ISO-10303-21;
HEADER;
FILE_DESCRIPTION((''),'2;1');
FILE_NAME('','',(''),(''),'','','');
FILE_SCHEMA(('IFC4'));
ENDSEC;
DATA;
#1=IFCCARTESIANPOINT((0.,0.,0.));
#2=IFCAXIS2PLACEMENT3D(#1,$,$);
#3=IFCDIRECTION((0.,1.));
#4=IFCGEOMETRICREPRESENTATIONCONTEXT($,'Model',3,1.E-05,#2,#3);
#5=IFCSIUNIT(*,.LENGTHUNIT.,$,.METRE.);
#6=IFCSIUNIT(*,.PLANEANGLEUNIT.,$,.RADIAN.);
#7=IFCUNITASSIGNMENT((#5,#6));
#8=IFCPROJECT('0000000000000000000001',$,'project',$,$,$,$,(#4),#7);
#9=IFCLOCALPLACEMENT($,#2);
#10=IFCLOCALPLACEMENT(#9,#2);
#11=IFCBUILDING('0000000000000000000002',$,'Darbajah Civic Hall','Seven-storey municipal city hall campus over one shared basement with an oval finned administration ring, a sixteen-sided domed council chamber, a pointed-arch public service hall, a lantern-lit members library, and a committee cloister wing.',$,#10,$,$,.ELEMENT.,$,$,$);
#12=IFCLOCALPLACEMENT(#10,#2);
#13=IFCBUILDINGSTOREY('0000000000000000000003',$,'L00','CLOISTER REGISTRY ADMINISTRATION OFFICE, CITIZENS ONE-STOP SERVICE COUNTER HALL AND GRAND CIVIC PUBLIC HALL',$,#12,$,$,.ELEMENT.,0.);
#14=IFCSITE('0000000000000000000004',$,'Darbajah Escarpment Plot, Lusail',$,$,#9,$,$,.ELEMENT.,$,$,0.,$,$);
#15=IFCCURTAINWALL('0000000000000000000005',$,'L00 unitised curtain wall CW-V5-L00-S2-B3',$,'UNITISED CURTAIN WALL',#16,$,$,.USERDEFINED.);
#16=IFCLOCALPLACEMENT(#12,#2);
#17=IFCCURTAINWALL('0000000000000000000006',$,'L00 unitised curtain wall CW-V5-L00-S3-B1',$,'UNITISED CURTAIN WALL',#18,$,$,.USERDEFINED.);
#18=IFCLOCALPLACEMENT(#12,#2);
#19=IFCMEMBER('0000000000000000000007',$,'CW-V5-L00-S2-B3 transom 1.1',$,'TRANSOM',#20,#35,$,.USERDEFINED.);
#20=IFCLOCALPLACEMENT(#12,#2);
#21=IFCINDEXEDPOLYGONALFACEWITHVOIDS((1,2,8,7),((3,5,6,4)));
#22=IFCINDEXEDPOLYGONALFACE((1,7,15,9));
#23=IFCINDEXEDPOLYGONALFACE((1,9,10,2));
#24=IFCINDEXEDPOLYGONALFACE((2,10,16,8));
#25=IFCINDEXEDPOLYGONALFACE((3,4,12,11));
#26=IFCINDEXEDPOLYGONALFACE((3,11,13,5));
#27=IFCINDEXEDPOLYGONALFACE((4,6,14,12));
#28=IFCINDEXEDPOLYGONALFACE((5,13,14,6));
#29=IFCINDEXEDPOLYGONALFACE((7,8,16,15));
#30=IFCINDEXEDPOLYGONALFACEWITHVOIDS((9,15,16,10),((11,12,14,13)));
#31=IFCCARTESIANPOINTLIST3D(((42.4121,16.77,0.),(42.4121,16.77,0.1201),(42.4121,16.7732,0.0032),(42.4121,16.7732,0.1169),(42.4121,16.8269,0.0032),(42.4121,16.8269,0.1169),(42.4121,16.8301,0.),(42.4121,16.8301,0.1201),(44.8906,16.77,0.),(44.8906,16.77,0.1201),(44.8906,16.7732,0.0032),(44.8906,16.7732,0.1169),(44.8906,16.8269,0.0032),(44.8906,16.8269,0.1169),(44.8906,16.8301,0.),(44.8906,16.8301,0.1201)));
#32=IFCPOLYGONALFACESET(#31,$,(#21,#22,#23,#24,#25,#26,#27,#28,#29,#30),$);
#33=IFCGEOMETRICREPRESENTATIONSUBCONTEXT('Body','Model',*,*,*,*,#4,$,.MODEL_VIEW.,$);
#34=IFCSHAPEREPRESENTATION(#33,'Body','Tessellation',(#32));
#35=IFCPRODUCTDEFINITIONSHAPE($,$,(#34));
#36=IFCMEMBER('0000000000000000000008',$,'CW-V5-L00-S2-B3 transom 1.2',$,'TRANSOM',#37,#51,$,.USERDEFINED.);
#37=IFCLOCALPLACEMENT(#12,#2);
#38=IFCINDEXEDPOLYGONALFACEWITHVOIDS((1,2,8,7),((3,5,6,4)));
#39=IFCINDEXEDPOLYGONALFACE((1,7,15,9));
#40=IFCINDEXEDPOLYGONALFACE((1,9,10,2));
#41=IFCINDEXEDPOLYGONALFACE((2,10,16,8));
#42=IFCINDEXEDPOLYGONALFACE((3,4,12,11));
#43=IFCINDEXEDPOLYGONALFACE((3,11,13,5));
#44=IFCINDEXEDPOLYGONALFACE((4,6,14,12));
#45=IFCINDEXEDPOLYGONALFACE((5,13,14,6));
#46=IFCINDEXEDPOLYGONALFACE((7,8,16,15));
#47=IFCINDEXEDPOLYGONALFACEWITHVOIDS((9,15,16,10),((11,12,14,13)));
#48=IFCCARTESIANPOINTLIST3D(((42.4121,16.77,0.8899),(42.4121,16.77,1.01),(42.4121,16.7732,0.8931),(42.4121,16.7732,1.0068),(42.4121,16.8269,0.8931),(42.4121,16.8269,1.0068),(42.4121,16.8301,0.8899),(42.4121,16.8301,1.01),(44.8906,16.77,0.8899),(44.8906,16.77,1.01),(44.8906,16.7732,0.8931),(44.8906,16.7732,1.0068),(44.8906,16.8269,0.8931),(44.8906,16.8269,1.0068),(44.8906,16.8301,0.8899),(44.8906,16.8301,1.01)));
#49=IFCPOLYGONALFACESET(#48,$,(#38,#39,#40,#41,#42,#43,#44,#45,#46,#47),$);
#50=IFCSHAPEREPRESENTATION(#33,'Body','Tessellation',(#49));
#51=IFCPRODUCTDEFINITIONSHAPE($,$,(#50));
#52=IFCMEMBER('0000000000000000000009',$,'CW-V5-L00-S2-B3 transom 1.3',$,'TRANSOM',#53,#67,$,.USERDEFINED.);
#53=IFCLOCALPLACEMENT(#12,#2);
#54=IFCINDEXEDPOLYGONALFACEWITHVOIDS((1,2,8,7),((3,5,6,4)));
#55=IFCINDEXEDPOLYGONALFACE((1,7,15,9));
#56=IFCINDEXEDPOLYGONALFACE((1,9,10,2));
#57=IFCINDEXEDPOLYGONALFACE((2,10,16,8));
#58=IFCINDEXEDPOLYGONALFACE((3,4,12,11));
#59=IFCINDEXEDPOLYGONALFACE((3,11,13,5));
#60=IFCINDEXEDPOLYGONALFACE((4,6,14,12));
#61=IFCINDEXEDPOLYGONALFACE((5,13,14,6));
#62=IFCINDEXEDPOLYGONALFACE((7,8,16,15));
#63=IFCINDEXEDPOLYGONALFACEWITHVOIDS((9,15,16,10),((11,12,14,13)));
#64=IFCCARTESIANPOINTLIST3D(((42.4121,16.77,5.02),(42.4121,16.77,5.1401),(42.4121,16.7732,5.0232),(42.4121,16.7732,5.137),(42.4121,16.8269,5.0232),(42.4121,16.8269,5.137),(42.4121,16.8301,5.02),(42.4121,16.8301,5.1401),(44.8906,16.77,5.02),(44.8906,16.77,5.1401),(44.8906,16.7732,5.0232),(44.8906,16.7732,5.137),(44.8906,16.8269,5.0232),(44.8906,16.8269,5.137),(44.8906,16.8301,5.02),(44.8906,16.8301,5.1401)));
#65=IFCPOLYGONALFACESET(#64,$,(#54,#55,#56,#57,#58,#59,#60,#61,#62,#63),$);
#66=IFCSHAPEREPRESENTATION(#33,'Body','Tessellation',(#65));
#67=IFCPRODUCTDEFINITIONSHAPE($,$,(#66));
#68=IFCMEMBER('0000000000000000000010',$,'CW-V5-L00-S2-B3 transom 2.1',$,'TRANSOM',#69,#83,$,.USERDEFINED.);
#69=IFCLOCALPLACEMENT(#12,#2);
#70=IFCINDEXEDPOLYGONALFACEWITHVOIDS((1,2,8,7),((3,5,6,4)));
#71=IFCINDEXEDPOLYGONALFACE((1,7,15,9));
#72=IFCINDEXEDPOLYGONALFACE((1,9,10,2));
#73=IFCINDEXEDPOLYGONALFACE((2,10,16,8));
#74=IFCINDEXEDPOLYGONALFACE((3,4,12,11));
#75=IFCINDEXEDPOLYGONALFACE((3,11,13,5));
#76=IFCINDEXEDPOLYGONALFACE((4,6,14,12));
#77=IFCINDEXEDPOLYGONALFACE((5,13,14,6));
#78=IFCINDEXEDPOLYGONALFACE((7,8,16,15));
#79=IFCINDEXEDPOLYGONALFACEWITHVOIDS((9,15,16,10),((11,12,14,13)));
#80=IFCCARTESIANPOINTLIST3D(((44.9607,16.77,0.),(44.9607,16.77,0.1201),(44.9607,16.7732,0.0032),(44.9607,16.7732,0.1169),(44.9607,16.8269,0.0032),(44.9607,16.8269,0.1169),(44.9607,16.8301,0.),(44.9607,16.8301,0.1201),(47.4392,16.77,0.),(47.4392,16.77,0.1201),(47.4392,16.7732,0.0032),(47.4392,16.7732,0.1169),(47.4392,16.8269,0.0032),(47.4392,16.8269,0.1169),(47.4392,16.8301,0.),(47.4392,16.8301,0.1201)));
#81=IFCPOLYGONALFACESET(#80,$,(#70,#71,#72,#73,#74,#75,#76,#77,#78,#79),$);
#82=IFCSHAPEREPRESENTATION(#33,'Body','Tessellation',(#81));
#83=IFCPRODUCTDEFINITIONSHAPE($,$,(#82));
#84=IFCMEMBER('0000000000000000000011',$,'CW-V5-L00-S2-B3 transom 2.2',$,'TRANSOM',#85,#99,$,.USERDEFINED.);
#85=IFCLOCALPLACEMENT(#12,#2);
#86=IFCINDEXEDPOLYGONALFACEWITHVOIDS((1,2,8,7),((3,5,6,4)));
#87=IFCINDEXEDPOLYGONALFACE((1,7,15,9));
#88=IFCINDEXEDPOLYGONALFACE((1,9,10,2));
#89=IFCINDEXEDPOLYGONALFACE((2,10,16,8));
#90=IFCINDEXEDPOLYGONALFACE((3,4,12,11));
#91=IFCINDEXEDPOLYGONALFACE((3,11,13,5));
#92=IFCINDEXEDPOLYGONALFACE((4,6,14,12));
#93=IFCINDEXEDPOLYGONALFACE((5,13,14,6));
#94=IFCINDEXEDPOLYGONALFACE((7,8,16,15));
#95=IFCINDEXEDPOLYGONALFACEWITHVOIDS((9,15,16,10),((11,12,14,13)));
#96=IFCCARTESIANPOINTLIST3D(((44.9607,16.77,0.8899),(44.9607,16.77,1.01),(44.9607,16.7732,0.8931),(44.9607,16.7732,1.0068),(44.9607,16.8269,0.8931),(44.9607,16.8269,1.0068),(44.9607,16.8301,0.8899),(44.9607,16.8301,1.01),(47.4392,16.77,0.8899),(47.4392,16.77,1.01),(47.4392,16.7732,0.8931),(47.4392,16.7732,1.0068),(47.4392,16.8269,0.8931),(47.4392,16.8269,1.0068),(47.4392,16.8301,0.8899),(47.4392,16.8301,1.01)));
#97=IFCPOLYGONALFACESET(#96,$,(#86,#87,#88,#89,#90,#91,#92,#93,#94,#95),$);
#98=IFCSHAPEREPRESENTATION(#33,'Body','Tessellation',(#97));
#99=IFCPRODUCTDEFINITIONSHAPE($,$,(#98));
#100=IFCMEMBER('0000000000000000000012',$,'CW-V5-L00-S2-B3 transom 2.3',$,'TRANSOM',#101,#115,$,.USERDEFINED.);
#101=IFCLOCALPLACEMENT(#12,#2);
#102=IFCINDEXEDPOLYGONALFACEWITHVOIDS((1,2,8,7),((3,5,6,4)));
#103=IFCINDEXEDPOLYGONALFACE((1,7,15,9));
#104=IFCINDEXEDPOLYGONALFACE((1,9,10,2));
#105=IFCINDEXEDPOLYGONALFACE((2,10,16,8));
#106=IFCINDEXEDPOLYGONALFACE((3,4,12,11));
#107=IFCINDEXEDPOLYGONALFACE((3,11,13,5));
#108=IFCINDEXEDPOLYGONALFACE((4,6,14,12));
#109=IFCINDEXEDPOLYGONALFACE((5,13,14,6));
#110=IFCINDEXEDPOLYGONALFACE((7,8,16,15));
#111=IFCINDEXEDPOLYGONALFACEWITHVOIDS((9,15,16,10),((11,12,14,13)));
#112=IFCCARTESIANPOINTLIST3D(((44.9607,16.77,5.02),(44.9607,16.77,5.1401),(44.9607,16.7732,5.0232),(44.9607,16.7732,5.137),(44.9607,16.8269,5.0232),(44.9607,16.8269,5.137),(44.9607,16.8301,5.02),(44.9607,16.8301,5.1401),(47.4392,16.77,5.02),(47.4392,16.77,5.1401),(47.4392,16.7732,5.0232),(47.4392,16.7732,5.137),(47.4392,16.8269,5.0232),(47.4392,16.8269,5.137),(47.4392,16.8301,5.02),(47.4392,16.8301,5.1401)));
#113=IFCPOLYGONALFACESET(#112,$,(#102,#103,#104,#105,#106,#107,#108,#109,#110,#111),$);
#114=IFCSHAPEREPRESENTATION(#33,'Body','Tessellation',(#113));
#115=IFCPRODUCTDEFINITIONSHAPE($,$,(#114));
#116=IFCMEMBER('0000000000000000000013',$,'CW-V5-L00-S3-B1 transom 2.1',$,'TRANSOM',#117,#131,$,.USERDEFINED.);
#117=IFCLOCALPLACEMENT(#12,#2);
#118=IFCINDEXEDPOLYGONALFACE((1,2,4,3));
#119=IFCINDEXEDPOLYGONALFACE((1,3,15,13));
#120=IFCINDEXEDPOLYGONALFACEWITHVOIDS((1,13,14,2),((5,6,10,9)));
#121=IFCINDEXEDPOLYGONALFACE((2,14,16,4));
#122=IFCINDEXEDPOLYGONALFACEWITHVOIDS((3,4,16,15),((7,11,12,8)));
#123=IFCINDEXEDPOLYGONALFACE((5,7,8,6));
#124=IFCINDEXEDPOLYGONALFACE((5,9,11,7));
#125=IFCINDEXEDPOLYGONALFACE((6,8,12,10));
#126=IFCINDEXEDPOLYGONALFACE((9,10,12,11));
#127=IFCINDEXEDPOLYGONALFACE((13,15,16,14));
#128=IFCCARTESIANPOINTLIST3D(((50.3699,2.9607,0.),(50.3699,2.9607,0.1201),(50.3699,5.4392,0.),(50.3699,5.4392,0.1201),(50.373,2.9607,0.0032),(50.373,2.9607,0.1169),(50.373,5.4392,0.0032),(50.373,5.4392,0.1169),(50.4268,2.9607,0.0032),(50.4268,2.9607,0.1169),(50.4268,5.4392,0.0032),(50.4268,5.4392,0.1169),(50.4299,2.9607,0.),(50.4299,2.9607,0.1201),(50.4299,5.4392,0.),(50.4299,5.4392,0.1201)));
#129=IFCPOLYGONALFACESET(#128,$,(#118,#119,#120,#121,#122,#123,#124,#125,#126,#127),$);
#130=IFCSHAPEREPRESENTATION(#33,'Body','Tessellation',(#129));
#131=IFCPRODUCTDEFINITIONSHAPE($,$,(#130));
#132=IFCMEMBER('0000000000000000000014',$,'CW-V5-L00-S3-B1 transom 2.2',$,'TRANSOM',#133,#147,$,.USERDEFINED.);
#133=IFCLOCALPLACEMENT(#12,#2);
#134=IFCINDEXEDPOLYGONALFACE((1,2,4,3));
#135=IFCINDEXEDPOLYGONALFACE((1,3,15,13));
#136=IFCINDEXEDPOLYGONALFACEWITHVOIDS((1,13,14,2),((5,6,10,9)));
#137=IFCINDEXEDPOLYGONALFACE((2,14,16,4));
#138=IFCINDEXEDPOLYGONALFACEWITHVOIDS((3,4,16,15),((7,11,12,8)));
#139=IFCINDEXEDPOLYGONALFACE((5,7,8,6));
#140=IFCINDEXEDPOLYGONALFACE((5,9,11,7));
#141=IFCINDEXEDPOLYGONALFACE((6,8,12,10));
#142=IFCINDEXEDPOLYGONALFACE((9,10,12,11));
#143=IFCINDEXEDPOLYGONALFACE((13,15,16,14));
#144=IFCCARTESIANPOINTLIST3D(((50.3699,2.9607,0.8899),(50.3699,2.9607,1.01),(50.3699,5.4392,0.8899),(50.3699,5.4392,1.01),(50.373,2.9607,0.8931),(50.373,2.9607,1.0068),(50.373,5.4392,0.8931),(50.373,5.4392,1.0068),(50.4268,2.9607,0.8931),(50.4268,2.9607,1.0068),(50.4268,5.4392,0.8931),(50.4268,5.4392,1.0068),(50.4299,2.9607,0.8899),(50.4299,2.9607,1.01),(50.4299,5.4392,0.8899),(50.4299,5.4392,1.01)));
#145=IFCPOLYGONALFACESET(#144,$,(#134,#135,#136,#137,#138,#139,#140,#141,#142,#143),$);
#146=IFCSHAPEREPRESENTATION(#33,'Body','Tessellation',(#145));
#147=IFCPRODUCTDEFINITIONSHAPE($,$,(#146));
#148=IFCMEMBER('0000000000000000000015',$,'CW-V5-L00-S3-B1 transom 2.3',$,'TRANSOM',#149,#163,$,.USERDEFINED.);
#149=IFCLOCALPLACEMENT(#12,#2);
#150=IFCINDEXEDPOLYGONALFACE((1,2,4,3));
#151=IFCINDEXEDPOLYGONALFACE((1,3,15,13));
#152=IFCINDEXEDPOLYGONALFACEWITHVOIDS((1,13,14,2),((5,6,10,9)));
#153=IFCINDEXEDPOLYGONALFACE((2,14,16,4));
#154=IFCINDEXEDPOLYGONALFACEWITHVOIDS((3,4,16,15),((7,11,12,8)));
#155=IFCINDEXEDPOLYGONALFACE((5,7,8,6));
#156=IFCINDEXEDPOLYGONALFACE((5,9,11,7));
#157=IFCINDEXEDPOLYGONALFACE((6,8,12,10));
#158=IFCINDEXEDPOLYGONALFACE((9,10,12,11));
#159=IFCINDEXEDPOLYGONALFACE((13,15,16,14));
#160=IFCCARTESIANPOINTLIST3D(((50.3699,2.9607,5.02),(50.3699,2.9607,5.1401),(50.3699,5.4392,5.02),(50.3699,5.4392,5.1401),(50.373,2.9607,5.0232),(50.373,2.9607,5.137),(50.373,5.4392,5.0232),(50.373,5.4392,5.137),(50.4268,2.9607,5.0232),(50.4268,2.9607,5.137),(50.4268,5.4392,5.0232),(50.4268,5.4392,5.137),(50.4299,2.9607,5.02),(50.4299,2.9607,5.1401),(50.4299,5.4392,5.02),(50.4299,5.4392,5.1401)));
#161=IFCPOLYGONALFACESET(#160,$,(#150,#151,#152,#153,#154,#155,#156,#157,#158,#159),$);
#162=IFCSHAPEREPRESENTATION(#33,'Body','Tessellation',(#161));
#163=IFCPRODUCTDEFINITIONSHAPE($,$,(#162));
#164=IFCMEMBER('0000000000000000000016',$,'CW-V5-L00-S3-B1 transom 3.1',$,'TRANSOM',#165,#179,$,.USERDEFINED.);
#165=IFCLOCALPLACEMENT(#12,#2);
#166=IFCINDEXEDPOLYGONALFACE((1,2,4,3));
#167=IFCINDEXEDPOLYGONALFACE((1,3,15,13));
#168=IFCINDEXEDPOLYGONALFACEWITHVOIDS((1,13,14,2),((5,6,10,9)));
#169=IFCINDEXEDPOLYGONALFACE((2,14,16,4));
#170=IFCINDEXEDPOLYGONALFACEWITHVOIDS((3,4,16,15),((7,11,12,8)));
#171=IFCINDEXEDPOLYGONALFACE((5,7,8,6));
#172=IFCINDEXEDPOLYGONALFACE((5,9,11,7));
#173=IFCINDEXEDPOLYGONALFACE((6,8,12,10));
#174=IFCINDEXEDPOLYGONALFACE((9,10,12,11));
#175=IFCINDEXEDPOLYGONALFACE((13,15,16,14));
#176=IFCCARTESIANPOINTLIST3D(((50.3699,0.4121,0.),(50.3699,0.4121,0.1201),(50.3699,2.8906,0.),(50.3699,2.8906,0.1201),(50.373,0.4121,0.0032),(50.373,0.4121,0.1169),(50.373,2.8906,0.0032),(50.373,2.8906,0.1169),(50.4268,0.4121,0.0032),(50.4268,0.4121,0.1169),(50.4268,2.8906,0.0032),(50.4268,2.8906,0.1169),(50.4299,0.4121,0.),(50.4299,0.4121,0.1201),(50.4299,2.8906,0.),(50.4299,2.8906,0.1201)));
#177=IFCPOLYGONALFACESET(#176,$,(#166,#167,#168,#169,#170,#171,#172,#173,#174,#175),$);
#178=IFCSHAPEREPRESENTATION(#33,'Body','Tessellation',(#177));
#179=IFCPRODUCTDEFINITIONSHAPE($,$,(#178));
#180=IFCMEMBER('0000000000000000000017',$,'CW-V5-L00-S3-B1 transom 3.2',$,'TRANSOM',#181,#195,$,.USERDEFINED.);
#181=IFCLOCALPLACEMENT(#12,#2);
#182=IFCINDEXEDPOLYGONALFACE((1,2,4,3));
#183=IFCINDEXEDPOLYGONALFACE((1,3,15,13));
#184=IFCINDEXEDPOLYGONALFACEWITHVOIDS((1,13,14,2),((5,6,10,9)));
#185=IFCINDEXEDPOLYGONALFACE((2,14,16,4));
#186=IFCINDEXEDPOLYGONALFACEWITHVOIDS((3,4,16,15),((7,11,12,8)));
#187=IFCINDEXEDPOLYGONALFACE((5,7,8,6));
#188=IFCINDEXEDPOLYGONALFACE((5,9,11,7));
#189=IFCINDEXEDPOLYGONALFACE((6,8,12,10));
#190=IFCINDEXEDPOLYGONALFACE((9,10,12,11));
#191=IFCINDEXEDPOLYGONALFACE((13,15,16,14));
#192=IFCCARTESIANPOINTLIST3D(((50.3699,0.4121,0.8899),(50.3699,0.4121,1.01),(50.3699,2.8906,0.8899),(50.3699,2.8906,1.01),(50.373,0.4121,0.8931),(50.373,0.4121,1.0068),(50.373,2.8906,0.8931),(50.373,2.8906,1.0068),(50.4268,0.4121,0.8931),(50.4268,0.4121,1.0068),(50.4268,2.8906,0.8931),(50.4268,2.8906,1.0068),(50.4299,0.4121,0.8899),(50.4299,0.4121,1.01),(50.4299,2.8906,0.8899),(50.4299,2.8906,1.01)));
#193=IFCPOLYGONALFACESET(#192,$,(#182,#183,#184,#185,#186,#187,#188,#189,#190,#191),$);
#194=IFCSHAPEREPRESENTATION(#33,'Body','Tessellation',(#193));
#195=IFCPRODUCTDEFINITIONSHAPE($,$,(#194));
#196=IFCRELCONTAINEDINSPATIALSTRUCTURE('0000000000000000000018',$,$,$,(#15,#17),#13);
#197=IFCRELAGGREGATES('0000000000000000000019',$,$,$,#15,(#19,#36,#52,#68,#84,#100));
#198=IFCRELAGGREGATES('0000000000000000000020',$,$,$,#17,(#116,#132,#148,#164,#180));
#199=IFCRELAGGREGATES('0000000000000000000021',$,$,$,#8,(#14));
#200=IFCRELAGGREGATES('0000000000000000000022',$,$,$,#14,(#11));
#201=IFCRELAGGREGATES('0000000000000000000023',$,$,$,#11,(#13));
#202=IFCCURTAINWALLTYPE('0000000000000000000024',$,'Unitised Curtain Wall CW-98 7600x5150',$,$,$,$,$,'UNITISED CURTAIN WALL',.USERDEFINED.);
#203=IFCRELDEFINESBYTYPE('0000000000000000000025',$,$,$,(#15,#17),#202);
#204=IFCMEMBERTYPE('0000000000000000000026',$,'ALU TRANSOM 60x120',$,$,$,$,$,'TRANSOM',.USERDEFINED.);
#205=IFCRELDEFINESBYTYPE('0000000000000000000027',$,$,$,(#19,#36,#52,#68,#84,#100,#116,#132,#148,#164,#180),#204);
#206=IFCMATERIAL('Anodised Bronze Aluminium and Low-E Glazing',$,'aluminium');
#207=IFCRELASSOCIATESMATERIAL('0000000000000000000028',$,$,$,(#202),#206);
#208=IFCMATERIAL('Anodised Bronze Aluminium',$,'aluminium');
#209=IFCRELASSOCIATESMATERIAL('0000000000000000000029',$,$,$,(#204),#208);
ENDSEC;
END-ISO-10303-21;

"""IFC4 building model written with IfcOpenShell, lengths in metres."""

from ifc_helpers import new_model, si_unit, direction, frame, origin, origin_2d, place, context, subcontext, project, spatial, hollow_rectangle, extrude, material, material_profile, profile_set, type_object, element, aggregate, save


model = new_model("IFC4")

# Units and contexts
model_context = context("Model", 3, precision=1e-05, world=origin(), true_north=direction((0.0, 1.0)))
body_context = subcontext(model_context, "Body", "Model", "MODEL_VIEW")
ifc_project = project(units=[si_unit("LENGTHUNIT", "METRE"), si_unit("PLANEANGLEUNIT", "RADIAN")], contexts=[model_context])

# Site, building, storey
site_placement = place(None, origin())
site = spatial("IfcSite", under=ifc_project, at=site_placement, Name="Darbajah Escarpment Plot, Lusail", CompositionType="ELEMENT", RefElevation=0.0)
building_placement = place(site_placement, origin())
building = spatial("IfcBuilding", under=site, at=building_placement, Name="Darbajah Civic Hall", Description="Seven-storey municipal city hall campus over one shared basement with an oval finned administration ring, a sixteen-sided domed council chamber, a pointed-arch public service hall, a lantern-lit members library, and a committee cloister wing.", CompositionType="ELEMENT")
storey_placement = place(building_placement, origin())
storey = spatial("IfcBuildingStorey", under=building, at=storey_placement, Name="L00", Description="CLOISTER REGISTRY ADMINISTRATION OFFICE, CITIZENS ONE-STOP SERVICE COUNTER HALL AND GRAND CIVIC PUBLIC HALL", CompositionType="ELEMENT", Elevation=0.0)

# Curtain walls
ifc_material_1 = material(Name="Anodised Bronze Aluminium and Low-E Glazing", Category="aluminium")
curtain_wall_type = type_object("IfcCurtainWallType", Name="Unitised Curtain Wall CW-98 7600x5150", ElementType="UNITISED CURTAIN WALL", PredefinedType="USERDEFINED", material=ifc_material_1)
ifc_material_2 = material(Name="Anodised Bronze Aluminium", Category="aluminium")
curtain_wall_1_placement = place(storey_placement, origin())
curtain_wall_1 = element("IfcCurtainWall", 1, at=curtain_wall_1_placement, inside=storey, type_object=curtain_wall_type, Name="L00 unitised curtain wall CW-V5-L00-S2-B3", ObjectType="UNITISED CURTAIN WALL", PredefinedType="USERDEFINED")
curtain_wall_2_placement = place(storey_placement, origin())
curtain_wall_2 = element("IfcCurtainWall", 2, at=curtain_wall_2_placement, inside=storey, type_object=curtain_wall_type, Name="L00 unitised curtain wall CW-V5-L00-S3-B1", ObjectType="UNITISED CURTAIN WALL", PredefinedType="USERDEFINED")

# Members
ifc_material_profile_1 = material_profile(ifc_material_2, hollow_rectangle(XDim=0.0601, YDim=0.1201, WallThickness=0.0032, at=origin_2d()), Name="ALU TRANSOM 60x120")
ifc_profile_set_1 = profile_set([ifc_material_profile_1], Name="Anodised Bronze Aluminium")
member_type_1 = type_object("IfcMemberType", Name="ALU TRANSOM 60x120", ElementType="TRANSOM", PredefinedType="USERDEFINED", material=ifc_profile_set_1)
member_1_placement = place(storey_placement, frame((42.4121, 16.8, 0.0601), z_axis=(1.0, 0.0, 0.0), x_axis=(0.0, 1.0, 0.0)))
member_1 = element("IfcMember", 3, at=member_1_placement, type_object=member_type_1, Name="CW-V5-L00-S2-B3 transom 1.1", ObjectType="TRANSOM", PredefinedType="USERDEFINED", context=body_context, shape_type="SweptSolid", body=[
    extrude(hollow_rectangle(XDim=0.0601, YDim=0.1201, WallThickness=0.0032, at=origin_2d()), origin(), (0.0, 0.0, 1.0), 2.4785),
])
member_2_placement = place(storey_placement, frame((42.4121, 16.8, 0.95), z_axis=(1.0, 0.0, 0.0), x_axis=(0.0, 1.0, 0.0)))
member_2 = element("IfcMember", 4, at=member_2_placement, type_object=member_type_1, Name="CW-V5-L00-S2-B3 transom 1.2", ObjectType="TRANSOM", PredefinedType="USERDEFINED", context=body_context, shape_type="SweptSolid", body=[
    extrude(hollow_rectangle(XDim=0.0601, YDim=0.1201, WallThickness=0.0032, at=origin_2d()), origin(), (0.0, 0.0, 1.0), 2.4785),
])
member_3_placement = place(storey_placement, frame((42.4121, 16.8, 5.0801), z_axis=(1.0, 0.0, 0.0), x_axis=(0.0, 1.0, 0.0)))
member_3 = element("IfcMember", 5, at=member_3_placement, type_object=member_type_1, Name="CW-V5-L00-S2-B3 transom 1.3", ObjectType="TRANSOM", PredefinedType="USERDEFINED", context=body_context, shape_type="SweptSolid", body=[
    extrude(hollow_rectangle(XDim=0.0601, YDim=0.1201, WallThickness=0.0032, at=origin_2d()), origin(), (0.0, 0.0, 1.0), 2.4785),
])
member_4_placement = place(storey_placement, frame((44.9607, 16.8, 0.0601), z_axis=(1.0, 0.0, 0.0), x_axis=(0.0, 1.0, 0.0)))
member_4 = element("IfcMember", 6, at=member_4_placement, type_object=member_type_1, Name="CW-V5-L00-S2-B3 transom 2.1", ObjectType="TRANSOM", PredefinedType="USERDEFINED", context=body_context, shape_type="SweptSolid", body=[
    extrude(hollow_rectangle(XDim=0.0601, YDim=0.1201, WallThickness=0.0032, at=origin_2d()), origin(), (0.0, 0.0, 1.0), 2.4785),
])
member_5_placement = place(storey_placement, frame((44.9607, 16.8, 0.95), z_axis=(1.0, 0.0, 0.0), x_axis=(0.0, 1.0, 0.0)))
member_5 = element("IfcMember", 7, at=member_5_placement, type_object=member_type_1, Name="CW-V5-L00-S2-B3 transom 2.2", ObjectType="TRANSOM", PredefinedType="USERDEFINED", context=body_context, shape_type="SweptSolid", body=[
    extrude(hollow_rectangle(XDim=0.0601, YDim=0.1201, WallThickness=0.0032, at=origin_2d()), origin(), (0.0, 0.0, 1.0), 2.4785),
])
member_6_placement = place(storey_placement, frame((44.9607, 16.8, 5.0801), z_axis=(1.0, 0.0, 0.0), x_axis=(0.0, 1.0, 0.0)))
member_6 = element("IfcMember", 8, at=member_6_placement, type_object=member_type_1, Name="CW-V5-L00-S2-B3 transom 2.3", ObjectType="TRANSOM", PredefinedType="USERDEFINED", context=body_context, shape_type="SweptSolid", body=[
    extrude(hollow_rectangle(XDim=0.0601, YDim=0.1201, WallThickness=0.0032, at=origin_2d()), origin(), (0.0, 0.0, 1.0), 2.4785),
])
member_7_placement = place(storey_placement, frame((50.3999, 5.4392, 0.0601), z_axis=(0.0, -1.0, 0.0), x_axis=(1.0, 0.0, 0.0)))
member_7 = element("IfcMember", 9, at=member_7_placement, type_object=member_type_1, Name="CW-V5-L00-S3-B1 transom 2.1", ObjectType="TRANSOM", PredefinedType="USERDEFINED", context=body_context, shape_type="SweptSolid", body=[
    extrude(hollow_rectangle(XDim=0.0601, YDim=0.1201, WallThickness=0.0032, at=origin_2d()), origin(), (0.0, 0.0, 1.0), 2.4785),
])
member_8_placement = place(storey_placement, frame((50.3999, 5.4392, 0.95), z_axis=(0.0, -1.0, 0.0), x_axis=(1.0, 0.0, 0.0)))
member_8 = element("IfcMember", 10, at=member_8_placement, type_object=member_type_1, Name="CW-V5-L00-S3-B1 transom 2.2", ObjectType="TRANSOM", PredefinedType="USERDEFINED", context=body_context, shape_type="SweptSolid", body=[
    extrude(hollow_rectangle(XDim=0.0601, YDim=0.1201, WallThickness=0.0032, at=origin_2d()), origin(), (0.0, 0.0, 1.0), 2.4785),
])
member_9_placement = place(storey_placement, frame((50.3999, 5.4392, 5.0801), z_axis=(0.0, -1.0, 0.0), x_axis=(1.0, 0.0, 0.0)))
member_9 = element("IfcMember", 11, at=member_9_placement, type_object=member_type_1, Name="CW-V5-L00-S3-B1 transom 2.3", ObjectType="TRANSOM", PredefinedType="USERDEFINED", context=body_context, shape_type="SweptSolid", body=[
    extrude(hollow_rectangle(XDim=0.0601, YDim=0.1201, WallThickness=0.0032, at=origin_2d()), origin(), (0.0, 0.0, 1.0), 2.4785),
])
member_10_placement = place(storey_placement, frame((50.3999, 2.8906, 0.0601), z_axis=(0.0, -1.0, 0.0), x_axis=(1.0, 0.0, 0.0)))
member_10 = element("IfcMember", 12, at=member_10_placement, type_object=member_type_1, Name="CW-V5-L00-S3-B1 transom 3.1", ObjectType="TRANSOM", PredefinedType="USERDEFINED", context=body_context, shape_type="SweptSolid", body=[
    extrude(hollow_rectangle(XDim=0.0601, YDim=0.1201, WallThickness=0.0032, at=origin_2d()), origin(), (0.0, 0.0, 1.0), 2.4785),
])
member_11_placement = place(storey_placement, frame((50.3999, 2.8906, 0.95), z_axis=(0.0, -1.0, 0.0), x_axis=(1.0, 0.0, 0.0)))
member_11 = element("IfcMember", 13, at=member_11_placement, type_object=member_type_1, Name="CW-V5-L00-S3-B1 transom 3.2", ObjectType="TRANSOM", PredefinedType="USERDEFINED", context=body_context, shape_type="SweptSolid", body=[
    extrude(hollow_rectangle(XDim=0.0601, YDim=0.1201, WallThickness=0.0032, at=origin_2d()), origin(), (0.0, 0.0, 1.0), 2.4785),
])

aggregate(curtain_wall_1, [member_1, member_2, member_3, member_4, member_5, member_6])
aggregate(curtain_wall_2, [member_7, member_8, member_9, member_10, member_11])

save(model, "model.ifc")
